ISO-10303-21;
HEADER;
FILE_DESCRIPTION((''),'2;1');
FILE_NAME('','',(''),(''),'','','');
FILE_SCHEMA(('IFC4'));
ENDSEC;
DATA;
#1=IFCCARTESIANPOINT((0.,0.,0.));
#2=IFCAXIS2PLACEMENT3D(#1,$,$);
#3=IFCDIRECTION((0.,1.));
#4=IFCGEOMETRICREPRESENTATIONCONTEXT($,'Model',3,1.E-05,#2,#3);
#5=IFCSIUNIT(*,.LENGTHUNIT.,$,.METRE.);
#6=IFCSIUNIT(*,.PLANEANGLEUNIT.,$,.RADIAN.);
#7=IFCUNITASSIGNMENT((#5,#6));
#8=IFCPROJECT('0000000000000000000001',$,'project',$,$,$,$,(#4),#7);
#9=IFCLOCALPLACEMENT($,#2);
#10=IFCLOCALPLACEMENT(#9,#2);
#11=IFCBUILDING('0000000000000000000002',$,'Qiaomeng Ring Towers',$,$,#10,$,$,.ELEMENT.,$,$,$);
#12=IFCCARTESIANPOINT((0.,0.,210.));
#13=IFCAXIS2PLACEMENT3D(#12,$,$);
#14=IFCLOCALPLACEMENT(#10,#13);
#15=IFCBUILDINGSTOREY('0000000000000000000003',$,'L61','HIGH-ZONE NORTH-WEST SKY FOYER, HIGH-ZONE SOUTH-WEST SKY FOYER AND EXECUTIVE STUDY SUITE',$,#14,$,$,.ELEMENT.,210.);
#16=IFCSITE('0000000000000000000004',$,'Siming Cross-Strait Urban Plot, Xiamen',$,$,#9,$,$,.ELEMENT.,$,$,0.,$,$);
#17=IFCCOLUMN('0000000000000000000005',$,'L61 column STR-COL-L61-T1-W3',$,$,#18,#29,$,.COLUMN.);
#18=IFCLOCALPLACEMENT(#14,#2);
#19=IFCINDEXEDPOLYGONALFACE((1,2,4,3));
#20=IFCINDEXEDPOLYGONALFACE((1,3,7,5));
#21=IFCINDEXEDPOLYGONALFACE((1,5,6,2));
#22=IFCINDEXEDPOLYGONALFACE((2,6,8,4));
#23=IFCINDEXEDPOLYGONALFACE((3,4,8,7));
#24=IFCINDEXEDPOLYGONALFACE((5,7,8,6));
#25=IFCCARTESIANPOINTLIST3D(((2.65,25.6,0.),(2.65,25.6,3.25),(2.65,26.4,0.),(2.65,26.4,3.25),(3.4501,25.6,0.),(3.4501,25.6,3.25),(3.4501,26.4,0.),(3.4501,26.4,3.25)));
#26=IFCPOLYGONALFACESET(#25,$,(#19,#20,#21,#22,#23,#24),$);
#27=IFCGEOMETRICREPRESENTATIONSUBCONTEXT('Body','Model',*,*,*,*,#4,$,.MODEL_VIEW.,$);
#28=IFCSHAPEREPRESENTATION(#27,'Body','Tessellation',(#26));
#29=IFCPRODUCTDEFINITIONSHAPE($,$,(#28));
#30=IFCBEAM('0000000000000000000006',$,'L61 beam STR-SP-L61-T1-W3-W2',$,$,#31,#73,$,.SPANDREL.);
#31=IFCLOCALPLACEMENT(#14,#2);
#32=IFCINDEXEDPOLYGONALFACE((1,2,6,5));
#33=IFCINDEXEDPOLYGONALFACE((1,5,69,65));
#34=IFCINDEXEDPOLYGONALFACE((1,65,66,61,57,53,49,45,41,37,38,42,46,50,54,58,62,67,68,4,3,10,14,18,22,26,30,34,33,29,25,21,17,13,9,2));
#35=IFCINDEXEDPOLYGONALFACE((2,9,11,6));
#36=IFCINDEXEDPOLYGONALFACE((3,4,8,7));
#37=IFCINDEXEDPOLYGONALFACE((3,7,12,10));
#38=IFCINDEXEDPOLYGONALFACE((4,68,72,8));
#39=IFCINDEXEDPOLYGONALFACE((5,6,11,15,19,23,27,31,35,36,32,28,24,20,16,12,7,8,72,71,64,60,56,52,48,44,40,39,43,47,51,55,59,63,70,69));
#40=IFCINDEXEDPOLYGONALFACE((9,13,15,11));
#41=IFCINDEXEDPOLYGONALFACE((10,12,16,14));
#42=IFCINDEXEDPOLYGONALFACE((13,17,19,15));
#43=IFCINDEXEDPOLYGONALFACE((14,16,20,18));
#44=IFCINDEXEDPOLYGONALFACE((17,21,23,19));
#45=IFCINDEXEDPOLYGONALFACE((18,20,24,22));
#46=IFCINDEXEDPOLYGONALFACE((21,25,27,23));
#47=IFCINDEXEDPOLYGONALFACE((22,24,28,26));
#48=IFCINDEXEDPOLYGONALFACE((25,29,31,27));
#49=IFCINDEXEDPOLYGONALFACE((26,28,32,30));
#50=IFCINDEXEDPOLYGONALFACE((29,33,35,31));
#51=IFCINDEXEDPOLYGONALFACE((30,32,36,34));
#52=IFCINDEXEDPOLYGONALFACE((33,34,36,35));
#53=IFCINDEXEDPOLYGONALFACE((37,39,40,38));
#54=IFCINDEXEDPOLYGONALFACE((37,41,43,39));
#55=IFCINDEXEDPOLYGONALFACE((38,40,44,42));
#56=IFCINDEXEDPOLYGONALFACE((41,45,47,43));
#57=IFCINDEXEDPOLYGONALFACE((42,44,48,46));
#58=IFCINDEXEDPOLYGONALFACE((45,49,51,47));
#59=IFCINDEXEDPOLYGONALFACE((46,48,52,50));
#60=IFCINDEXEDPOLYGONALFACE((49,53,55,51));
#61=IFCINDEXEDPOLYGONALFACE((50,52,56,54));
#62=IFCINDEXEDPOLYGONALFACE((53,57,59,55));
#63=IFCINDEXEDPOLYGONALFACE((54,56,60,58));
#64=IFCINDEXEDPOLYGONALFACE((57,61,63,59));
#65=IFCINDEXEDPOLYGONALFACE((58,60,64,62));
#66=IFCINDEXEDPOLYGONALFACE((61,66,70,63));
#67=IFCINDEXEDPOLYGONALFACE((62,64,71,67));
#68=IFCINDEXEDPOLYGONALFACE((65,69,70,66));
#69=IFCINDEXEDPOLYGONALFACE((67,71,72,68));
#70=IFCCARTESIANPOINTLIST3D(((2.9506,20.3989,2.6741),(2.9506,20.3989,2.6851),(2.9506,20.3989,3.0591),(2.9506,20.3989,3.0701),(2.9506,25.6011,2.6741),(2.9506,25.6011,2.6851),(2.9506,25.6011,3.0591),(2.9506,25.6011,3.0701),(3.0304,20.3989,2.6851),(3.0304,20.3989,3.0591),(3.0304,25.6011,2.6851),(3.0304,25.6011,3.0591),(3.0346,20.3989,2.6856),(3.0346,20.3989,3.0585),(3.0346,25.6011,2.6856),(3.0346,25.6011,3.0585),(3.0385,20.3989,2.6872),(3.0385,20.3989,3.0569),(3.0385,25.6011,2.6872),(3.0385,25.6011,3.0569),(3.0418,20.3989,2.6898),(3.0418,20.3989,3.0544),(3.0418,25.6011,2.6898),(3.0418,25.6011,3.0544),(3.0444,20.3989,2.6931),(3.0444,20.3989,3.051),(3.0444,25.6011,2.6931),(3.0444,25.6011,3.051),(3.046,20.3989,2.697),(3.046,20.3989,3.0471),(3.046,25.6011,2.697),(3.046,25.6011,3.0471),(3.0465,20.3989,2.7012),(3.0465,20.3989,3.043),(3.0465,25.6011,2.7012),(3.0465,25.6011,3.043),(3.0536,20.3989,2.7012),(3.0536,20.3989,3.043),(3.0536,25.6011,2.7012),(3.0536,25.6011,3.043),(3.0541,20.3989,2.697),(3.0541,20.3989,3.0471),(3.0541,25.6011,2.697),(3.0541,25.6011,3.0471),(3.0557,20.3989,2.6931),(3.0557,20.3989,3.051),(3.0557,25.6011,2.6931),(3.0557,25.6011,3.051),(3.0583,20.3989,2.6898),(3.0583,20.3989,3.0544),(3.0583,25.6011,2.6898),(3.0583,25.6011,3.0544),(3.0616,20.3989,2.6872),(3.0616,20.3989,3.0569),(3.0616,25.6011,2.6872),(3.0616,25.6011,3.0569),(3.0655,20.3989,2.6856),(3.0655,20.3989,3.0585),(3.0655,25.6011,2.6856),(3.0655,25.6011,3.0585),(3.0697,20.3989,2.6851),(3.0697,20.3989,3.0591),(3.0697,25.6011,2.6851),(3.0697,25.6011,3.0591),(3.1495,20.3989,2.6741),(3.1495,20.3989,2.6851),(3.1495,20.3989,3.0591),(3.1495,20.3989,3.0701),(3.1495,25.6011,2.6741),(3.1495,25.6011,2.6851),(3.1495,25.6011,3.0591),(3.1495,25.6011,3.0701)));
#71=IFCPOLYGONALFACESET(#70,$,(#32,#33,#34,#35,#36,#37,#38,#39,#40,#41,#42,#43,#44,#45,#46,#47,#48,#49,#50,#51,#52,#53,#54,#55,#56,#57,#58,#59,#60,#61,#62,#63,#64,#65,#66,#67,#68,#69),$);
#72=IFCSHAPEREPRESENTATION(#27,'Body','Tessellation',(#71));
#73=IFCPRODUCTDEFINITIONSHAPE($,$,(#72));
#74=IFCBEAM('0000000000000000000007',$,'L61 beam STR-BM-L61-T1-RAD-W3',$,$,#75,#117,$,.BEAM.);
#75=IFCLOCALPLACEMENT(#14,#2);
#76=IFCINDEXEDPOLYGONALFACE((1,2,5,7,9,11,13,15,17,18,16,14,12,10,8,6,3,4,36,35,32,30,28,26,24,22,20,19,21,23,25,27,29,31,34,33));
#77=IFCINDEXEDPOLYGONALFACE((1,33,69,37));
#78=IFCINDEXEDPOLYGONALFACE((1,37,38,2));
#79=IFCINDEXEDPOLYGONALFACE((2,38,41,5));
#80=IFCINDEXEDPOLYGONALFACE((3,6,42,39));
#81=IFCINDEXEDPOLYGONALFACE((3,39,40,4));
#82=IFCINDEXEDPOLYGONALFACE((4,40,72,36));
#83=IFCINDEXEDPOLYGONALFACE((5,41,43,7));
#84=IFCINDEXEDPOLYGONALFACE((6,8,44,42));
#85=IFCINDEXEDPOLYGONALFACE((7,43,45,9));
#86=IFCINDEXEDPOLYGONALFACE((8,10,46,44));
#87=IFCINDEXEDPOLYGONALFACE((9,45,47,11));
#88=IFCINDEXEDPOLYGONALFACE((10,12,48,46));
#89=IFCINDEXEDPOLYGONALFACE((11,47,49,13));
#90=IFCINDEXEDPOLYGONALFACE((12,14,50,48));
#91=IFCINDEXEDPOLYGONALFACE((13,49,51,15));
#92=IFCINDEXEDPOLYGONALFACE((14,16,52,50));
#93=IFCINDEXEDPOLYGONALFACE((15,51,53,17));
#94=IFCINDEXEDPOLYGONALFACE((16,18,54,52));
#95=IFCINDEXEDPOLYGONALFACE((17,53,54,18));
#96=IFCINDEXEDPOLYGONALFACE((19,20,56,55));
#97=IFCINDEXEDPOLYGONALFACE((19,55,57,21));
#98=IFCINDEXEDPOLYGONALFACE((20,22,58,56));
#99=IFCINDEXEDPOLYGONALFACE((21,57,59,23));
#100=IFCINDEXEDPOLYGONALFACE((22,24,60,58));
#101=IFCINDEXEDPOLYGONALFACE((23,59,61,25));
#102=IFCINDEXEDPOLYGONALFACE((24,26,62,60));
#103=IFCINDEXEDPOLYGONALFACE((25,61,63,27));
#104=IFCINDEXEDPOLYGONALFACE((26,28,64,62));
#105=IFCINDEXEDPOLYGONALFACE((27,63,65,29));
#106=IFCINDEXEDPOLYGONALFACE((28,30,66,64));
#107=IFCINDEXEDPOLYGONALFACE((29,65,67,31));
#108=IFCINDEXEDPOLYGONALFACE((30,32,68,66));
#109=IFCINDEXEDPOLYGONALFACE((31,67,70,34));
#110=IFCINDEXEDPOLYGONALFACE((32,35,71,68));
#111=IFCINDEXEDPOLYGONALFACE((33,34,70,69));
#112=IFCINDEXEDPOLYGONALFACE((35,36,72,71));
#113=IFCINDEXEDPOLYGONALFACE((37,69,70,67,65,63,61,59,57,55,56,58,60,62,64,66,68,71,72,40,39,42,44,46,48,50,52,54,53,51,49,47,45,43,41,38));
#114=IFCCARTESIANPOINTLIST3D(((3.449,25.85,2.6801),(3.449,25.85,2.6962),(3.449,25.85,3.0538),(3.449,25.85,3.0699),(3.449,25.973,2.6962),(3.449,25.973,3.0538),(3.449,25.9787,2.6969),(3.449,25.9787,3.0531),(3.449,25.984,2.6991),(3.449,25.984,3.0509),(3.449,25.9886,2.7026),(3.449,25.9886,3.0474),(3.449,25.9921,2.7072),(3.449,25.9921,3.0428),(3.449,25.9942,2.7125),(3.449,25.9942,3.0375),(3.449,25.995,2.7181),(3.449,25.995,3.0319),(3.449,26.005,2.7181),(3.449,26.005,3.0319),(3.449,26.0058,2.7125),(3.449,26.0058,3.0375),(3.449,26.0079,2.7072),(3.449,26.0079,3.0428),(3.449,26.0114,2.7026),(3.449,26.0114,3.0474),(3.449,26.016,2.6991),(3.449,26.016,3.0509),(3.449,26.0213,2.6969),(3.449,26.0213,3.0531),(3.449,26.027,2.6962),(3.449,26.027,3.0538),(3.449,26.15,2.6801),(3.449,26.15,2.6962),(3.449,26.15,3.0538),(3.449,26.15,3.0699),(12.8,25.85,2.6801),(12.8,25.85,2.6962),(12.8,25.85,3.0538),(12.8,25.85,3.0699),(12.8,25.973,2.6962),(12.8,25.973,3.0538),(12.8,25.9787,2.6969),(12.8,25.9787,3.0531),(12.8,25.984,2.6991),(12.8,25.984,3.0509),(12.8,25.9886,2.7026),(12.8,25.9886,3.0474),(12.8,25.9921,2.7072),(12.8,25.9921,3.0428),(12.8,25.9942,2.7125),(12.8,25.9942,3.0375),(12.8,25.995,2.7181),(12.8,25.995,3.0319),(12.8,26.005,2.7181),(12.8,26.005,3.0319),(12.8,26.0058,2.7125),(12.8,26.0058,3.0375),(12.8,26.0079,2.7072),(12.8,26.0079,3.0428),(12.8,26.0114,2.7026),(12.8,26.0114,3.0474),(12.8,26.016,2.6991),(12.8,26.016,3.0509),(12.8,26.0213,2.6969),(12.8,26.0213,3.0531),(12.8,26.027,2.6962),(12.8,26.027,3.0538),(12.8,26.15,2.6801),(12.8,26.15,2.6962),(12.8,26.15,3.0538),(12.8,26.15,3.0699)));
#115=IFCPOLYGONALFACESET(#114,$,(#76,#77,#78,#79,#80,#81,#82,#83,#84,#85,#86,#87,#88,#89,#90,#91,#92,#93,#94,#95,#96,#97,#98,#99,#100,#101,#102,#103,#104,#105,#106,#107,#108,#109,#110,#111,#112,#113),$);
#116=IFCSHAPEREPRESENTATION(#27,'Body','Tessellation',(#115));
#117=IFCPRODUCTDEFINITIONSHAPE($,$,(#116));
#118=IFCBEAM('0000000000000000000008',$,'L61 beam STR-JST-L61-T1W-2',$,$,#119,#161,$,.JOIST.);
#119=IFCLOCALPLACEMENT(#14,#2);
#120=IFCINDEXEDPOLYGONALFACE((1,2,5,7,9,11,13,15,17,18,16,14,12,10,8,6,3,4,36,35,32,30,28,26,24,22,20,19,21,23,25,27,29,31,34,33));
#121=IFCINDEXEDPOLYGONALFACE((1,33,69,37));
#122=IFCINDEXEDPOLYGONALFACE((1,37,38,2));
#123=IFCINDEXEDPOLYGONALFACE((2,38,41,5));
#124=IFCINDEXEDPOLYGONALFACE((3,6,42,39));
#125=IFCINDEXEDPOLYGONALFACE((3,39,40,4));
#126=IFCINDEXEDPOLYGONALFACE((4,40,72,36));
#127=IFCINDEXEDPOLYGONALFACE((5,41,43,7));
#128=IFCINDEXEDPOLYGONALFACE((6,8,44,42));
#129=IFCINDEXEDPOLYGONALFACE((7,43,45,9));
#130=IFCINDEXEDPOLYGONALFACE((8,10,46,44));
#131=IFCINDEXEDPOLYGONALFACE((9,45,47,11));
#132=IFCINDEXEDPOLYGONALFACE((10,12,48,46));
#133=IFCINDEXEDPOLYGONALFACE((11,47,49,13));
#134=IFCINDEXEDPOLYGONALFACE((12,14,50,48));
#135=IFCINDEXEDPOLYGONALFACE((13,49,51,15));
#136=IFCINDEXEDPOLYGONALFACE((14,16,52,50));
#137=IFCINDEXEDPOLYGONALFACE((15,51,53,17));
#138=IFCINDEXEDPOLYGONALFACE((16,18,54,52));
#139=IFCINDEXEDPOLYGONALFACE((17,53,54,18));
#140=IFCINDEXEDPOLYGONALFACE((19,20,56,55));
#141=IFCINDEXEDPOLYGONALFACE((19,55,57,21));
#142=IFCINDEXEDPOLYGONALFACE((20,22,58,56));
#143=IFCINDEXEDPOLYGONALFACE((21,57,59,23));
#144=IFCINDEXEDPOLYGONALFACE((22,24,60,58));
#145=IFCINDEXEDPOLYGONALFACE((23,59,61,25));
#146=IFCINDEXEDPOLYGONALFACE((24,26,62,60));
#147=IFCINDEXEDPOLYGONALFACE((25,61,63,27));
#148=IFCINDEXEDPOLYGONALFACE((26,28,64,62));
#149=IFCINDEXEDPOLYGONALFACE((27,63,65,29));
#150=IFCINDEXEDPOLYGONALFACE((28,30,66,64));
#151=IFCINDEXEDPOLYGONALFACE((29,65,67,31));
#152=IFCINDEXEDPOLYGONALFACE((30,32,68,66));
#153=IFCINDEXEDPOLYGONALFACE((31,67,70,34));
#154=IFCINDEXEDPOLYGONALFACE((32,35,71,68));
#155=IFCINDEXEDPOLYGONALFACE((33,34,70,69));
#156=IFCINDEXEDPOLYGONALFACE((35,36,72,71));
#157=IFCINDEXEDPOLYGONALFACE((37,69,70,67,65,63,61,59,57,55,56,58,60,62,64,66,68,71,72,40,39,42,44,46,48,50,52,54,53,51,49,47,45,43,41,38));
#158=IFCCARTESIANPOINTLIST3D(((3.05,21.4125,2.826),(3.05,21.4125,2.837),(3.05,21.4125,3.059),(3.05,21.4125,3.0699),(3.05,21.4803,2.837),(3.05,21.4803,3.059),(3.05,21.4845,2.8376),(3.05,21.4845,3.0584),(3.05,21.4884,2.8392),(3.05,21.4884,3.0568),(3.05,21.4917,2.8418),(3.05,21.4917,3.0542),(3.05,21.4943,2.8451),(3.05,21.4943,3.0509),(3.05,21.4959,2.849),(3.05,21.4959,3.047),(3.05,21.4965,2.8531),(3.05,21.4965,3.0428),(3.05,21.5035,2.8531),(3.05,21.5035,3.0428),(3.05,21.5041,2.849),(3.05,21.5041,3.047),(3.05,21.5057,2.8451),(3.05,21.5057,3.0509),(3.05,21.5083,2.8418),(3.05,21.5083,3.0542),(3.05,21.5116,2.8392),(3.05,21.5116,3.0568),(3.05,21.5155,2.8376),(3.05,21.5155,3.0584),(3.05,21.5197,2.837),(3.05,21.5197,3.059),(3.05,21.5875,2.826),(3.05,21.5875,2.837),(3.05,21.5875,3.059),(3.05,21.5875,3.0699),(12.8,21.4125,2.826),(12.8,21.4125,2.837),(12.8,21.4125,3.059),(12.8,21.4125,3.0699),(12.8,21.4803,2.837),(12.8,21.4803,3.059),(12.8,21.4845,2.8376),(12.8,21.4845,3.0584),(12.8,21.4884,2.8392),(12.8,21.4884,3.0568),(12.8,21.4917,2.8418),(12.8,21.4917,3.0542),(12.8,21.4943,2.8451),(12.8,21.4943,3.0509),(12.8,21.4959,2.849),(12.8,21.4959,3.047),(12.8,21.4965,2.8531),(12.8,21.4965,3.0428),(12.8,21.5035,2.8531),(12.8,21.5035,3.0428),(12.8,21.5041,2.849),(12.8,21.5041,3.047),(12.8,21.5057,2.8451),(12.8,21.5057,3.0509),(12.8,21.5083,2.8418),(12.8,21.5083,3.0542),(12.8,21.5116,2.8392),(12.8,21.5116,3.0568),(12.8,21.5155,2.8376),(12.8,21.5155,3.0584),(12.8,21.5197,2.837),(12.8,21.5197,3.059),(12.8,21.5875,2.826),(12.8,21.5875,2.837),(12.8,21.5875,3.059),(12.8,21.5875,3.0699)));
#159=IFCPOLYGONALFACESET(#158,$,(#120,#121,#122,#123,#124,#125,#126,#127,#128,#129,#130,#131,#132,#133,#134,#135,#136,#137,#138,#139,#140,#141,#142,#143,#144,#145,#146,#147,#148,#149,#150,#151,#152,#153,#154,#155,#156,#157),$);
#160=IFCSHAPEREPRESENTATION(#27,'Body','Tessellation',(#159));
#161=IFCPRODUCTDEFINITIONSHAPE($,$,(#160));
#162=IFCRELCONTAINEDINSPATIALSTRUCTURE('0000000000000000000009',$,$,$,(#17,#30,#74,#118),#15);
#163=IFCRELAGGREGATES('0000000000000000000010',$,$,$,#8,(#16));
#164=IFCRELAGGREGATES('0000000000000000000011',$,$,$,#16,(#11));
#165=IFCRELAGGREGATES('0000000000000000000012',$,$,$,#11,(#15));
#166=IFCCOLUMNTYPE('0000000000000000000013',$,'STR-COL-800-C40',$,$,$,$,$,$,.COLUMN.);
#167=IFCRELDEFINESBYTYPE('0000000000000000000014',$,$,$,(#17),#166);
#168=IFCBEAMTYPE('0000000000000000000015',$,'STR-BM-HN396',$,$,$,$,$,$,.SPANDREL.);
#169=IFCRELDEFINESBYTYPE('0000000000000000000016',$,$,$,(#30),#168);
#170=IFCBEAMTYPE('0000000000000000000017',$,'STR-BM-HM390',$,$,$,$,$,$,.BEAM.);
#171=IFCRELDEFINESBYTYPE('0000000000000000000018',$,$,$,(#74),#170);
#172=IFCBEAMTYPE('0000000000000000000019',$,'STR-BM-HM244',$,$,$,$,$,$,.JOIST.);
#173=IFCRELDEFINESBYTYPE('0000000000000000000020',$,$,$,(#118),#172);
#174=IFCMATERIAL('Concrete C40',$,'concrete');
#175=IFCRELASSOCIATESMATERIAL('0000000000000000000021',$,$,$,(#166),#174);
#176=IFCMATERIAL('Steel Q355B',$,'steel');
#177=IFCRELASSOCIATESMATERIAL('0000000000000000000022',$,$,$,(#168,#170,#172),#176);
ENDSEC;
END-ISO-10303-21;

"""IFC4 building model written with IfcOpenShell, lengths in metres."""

from ifc_helpers import new_model, si_unit, direction, frame, origin, origin_2d, place, context, subcontext, project, spatial, rectangle, i_section, extrude, source, transform, mapped, material, material_profile, profile_set, type_object, element, save


model = new_model("IFC4")

# Units and contexts
model_context = context("Model", 3, precision=1e-05, world=origin(), true_north=direction((0.0, 1.0)))
body_context = subcontext(model_context, "Body", "Model", "MODEL_VIEW")
ifc_project = project(units=[si_unit("LENGTHUNIT", "METRE"), si_unit("PLANEANGLEUNIT", "RADIAN")], contexts=[model_context])

# Site, building, storey
site_placement = place(None, origin())
site = spatial("IfcSite", under=ifc_project, at=site_placement, Name="Siming Cross-Strait Urban Plot, Xiamen", CompositionType="ELEMENT", RefElevation=0.0)
building_placement = place(site_placement, origin())
building = spatial("IfcBuilding", under=site, at=building_placement, Name="Qiaomeng Ring Towers", CompositionType="ELEMENT")
storey_placement = place(building_placement, frame((0.0, 0.0, 210.0)))
storey = spatial("IfcBuildingStorey", under=building, at=storey_placement, Name="L61", Description="HIGH-ZONE NORTH-WEST SKY FOYER, HIGH-ZONE SOUTH-WEST SKY FOYER AND EXECUTIVE STUDY SUITE", CompositionType="ELEMENT", Elevation=210.0)

# Column
ifc_material_1 = material(Name="Concrete C40", Category="concrete")
ifc_material_profile_1 = material_profile(ifc_material_1, rectangle(XDim=0.8, YDim=0.8, at=origin_2d()), Name="RC COL 800x800")
ifc_profile_set_1 = profile_set([ifc_material_profile_1], Name="Concrete C40")
column_type = type_object("IfcColumnType", Name="STR-COL-800-C40", PredefinedType="COLUMN", material=ifc_profile_set_1)
shared_shape_1 = source(origin(), body_context, "Body", "SweptSolid", [
    extrude(rectangle(XDim=0.8, YDim=0.8, at=origin_2d()), origin(), (0.0, 0.0, 1.0), 3.25),
])
column_placement = place(storey_placement, frame((3.05, 26.0, 0.0), z_axis=(0.0, 0.0, 1.0), x_axis=(1.0, 0.0, 0.0)))
element("IfcColumn", 1, at=column_placement, inside=storey, type_object=column_type, Name="L61 column STR-COL-L61-T1-W3", PredefinedType="COLUMN", context=body_context, shape_type="MappedRepresentation", body=[
    mapped(shared_shape_1, transform((0.0, 0.0, 0.0), x_axis=(1.0, 0.0, 0.0), y_axis=(0.0, 1.0, 0.0), z_axis=(0.0, 0.0, 1.0), scale=1.0)),
])

# Beams
ifc_material_2 = material(Name="Steel Q355B", Category="steel")
ifc_material_profile_2 = material_profile(ifc_material_2, i_section(OverallWidth=0.199, OverallDepth=0.396, WebThickness=0.0071, FlangeThickness=0.011, FilletRadius=0.0161, at=origin_2d()), Name="HN 396x199x7x11")
ifc_profile_set_2 = profile_set([ifc_material_profile_2], Name="Steel Q355B")
beam_type_1 = type_object("IfcBeamType", Name="STR-BM-HN396", PredefinedType="SPANDREL", material=ifc_profile_set_2)
shared_shape_2 = source(origin(), body_context, "Body", "SweptSolid", [
    extrude(i_section(OverallWidth=0.199, OverallDepth=0.396, WebThickness=0.0071, FlangeThickness=0.011, FilletRadius=0.0161, at=origin_2d()), origin(), (0.0, 0.0, 1.0), 5.2021),
])
beam_1_placement = place(storey_placement, frame((3.05, 25.6011, 2.8721), z_axis=(0.0, -1.0, 0.0), x_axis=(1.0, 0.0, 0.0)))
element("IfcBeam", 2, at=beam_1_placement, inside=storey, type_object=beam_type_1, Name="L61 beam STR-SP-L61-T1-W3-W2", PredefinedType="SPANDREL", context=body_context, shape_type="MappedRepresentation", body=[
    mapped(shared_shape_2, transform((0.0, 0.0, 0.0), x_axis=(1.0, 0.0, 0.0), y_axis=(0.0, 1.0, 0.0), z_axis=(0.0, 0.0, 1.0), scale=1.0)),
])
ifc_material_profile_3 = material_profile(ifc_material_2, i_section(OverallWidth=0.3, OverallDepth=0.3899, WebThickness=0.01, FlangeThickness=0.0161, FilletRadius=0.022, at=origin_2d()), Name="HM 390x300x10x16")
ifc_profile_set_3 = profile_set([ifc_material_profile_3], Name="Steel Q355B")
beam_type_2 = type_object("IfcBeamType", Name="STR-BM-HM390", PredefinedType="BEAM", material=ifc_profile_set_3)
shared_shape_3 = source(origin(), body_context, "Body", "SweptSolid", [
    extrude(i_section(OverallWidth=0.3, OverallDepth=0.3899, WebThickness=0.01, FlangeThickness=0.0161, FilletRadius=0.022, at=origin_2d()), origin(), (0.0, 0.0, 1.0), 9.3511),
])
beam_2_placement = place(storey_placement, frame((3.449, 26.0, 2.875), z_axis=(1.0, 0.0, 0.0), x_axis=(0.0, 1.0, 0.0)))
element("IfcBeam", 3, at=beam_2_placement, inside=storey, type_object=beam_type_2, Name="L61 beam STR-BM-L61-T1-RAD-W3", PredefinedType="BEAM", context=body_context, shape_type="MappedRepresentation", body=[
    mapped(shared_shape_3, transform((0.0, 0.0, 0.0), x_axis=(1.0, 0.0, 0.0), y_axis=(0.0, 1.0, 0.0), z_axis=(0.0, 0.0, 1.0), scale=1.0)),
])
ifc_material_profile_4 = material_profile(ifc_material_2, i_section(OverallWidth=0.175, OverallDepth=0.2439, WebThickness=0.0071, FlangeThickness=0.011, FilletRadius=0.0161, at=origin_2d()), Name="HM 244x175x7x11")
ifc_profile_set_4 = profile_set([ifc_material_profile_4], Name="Steel Q355B")
beam_type_3 = type_object("IfcBeamType", Name="STR-BM-HM244", PredefinedType="JOIST", material=ifc_profile_set_4)
shared_shape_4 = source(origin(), body_context, "Body", "SweptSolid", [
    extrude(i_section(OverallWidth=0.175, OverallDepth=0.2439, WebThickness=0.0071, FlangeThickness=0.011, FilletRadius=0.0161, at=origin_2d()), origin(), (0.0, 0.0, 1.0), 9.75),
])
for number, where, z_axis, x_axis, name in (
    (4, (3.05, 21.5, 2.948), (1.0, 0.0, 0.0), (0.0, 1.0, 0.0), "L61 beam STR-JST-L61-T1W-2"),
):
    element("IfcBeam", number, at=place(storey_placement, frame(where, z_axis=z_axis, x_axis=x_axis)), inside=storey, type_object=beam_type_3, Name=name, PredefinedType="JOIST", context=body_context, shape_type="MappedRepresentation", body=[
        mapped(shared_shape_4, transform((0.0, 0.0, 0.0), x_axis=(1.0, 0.0, 0.0), y_axis=(0.0, 1.0, 0.0), z_axis=(0.0, 0.0, 1.0), scale=1.0)),
    ])

save(model, "model.ifc")
